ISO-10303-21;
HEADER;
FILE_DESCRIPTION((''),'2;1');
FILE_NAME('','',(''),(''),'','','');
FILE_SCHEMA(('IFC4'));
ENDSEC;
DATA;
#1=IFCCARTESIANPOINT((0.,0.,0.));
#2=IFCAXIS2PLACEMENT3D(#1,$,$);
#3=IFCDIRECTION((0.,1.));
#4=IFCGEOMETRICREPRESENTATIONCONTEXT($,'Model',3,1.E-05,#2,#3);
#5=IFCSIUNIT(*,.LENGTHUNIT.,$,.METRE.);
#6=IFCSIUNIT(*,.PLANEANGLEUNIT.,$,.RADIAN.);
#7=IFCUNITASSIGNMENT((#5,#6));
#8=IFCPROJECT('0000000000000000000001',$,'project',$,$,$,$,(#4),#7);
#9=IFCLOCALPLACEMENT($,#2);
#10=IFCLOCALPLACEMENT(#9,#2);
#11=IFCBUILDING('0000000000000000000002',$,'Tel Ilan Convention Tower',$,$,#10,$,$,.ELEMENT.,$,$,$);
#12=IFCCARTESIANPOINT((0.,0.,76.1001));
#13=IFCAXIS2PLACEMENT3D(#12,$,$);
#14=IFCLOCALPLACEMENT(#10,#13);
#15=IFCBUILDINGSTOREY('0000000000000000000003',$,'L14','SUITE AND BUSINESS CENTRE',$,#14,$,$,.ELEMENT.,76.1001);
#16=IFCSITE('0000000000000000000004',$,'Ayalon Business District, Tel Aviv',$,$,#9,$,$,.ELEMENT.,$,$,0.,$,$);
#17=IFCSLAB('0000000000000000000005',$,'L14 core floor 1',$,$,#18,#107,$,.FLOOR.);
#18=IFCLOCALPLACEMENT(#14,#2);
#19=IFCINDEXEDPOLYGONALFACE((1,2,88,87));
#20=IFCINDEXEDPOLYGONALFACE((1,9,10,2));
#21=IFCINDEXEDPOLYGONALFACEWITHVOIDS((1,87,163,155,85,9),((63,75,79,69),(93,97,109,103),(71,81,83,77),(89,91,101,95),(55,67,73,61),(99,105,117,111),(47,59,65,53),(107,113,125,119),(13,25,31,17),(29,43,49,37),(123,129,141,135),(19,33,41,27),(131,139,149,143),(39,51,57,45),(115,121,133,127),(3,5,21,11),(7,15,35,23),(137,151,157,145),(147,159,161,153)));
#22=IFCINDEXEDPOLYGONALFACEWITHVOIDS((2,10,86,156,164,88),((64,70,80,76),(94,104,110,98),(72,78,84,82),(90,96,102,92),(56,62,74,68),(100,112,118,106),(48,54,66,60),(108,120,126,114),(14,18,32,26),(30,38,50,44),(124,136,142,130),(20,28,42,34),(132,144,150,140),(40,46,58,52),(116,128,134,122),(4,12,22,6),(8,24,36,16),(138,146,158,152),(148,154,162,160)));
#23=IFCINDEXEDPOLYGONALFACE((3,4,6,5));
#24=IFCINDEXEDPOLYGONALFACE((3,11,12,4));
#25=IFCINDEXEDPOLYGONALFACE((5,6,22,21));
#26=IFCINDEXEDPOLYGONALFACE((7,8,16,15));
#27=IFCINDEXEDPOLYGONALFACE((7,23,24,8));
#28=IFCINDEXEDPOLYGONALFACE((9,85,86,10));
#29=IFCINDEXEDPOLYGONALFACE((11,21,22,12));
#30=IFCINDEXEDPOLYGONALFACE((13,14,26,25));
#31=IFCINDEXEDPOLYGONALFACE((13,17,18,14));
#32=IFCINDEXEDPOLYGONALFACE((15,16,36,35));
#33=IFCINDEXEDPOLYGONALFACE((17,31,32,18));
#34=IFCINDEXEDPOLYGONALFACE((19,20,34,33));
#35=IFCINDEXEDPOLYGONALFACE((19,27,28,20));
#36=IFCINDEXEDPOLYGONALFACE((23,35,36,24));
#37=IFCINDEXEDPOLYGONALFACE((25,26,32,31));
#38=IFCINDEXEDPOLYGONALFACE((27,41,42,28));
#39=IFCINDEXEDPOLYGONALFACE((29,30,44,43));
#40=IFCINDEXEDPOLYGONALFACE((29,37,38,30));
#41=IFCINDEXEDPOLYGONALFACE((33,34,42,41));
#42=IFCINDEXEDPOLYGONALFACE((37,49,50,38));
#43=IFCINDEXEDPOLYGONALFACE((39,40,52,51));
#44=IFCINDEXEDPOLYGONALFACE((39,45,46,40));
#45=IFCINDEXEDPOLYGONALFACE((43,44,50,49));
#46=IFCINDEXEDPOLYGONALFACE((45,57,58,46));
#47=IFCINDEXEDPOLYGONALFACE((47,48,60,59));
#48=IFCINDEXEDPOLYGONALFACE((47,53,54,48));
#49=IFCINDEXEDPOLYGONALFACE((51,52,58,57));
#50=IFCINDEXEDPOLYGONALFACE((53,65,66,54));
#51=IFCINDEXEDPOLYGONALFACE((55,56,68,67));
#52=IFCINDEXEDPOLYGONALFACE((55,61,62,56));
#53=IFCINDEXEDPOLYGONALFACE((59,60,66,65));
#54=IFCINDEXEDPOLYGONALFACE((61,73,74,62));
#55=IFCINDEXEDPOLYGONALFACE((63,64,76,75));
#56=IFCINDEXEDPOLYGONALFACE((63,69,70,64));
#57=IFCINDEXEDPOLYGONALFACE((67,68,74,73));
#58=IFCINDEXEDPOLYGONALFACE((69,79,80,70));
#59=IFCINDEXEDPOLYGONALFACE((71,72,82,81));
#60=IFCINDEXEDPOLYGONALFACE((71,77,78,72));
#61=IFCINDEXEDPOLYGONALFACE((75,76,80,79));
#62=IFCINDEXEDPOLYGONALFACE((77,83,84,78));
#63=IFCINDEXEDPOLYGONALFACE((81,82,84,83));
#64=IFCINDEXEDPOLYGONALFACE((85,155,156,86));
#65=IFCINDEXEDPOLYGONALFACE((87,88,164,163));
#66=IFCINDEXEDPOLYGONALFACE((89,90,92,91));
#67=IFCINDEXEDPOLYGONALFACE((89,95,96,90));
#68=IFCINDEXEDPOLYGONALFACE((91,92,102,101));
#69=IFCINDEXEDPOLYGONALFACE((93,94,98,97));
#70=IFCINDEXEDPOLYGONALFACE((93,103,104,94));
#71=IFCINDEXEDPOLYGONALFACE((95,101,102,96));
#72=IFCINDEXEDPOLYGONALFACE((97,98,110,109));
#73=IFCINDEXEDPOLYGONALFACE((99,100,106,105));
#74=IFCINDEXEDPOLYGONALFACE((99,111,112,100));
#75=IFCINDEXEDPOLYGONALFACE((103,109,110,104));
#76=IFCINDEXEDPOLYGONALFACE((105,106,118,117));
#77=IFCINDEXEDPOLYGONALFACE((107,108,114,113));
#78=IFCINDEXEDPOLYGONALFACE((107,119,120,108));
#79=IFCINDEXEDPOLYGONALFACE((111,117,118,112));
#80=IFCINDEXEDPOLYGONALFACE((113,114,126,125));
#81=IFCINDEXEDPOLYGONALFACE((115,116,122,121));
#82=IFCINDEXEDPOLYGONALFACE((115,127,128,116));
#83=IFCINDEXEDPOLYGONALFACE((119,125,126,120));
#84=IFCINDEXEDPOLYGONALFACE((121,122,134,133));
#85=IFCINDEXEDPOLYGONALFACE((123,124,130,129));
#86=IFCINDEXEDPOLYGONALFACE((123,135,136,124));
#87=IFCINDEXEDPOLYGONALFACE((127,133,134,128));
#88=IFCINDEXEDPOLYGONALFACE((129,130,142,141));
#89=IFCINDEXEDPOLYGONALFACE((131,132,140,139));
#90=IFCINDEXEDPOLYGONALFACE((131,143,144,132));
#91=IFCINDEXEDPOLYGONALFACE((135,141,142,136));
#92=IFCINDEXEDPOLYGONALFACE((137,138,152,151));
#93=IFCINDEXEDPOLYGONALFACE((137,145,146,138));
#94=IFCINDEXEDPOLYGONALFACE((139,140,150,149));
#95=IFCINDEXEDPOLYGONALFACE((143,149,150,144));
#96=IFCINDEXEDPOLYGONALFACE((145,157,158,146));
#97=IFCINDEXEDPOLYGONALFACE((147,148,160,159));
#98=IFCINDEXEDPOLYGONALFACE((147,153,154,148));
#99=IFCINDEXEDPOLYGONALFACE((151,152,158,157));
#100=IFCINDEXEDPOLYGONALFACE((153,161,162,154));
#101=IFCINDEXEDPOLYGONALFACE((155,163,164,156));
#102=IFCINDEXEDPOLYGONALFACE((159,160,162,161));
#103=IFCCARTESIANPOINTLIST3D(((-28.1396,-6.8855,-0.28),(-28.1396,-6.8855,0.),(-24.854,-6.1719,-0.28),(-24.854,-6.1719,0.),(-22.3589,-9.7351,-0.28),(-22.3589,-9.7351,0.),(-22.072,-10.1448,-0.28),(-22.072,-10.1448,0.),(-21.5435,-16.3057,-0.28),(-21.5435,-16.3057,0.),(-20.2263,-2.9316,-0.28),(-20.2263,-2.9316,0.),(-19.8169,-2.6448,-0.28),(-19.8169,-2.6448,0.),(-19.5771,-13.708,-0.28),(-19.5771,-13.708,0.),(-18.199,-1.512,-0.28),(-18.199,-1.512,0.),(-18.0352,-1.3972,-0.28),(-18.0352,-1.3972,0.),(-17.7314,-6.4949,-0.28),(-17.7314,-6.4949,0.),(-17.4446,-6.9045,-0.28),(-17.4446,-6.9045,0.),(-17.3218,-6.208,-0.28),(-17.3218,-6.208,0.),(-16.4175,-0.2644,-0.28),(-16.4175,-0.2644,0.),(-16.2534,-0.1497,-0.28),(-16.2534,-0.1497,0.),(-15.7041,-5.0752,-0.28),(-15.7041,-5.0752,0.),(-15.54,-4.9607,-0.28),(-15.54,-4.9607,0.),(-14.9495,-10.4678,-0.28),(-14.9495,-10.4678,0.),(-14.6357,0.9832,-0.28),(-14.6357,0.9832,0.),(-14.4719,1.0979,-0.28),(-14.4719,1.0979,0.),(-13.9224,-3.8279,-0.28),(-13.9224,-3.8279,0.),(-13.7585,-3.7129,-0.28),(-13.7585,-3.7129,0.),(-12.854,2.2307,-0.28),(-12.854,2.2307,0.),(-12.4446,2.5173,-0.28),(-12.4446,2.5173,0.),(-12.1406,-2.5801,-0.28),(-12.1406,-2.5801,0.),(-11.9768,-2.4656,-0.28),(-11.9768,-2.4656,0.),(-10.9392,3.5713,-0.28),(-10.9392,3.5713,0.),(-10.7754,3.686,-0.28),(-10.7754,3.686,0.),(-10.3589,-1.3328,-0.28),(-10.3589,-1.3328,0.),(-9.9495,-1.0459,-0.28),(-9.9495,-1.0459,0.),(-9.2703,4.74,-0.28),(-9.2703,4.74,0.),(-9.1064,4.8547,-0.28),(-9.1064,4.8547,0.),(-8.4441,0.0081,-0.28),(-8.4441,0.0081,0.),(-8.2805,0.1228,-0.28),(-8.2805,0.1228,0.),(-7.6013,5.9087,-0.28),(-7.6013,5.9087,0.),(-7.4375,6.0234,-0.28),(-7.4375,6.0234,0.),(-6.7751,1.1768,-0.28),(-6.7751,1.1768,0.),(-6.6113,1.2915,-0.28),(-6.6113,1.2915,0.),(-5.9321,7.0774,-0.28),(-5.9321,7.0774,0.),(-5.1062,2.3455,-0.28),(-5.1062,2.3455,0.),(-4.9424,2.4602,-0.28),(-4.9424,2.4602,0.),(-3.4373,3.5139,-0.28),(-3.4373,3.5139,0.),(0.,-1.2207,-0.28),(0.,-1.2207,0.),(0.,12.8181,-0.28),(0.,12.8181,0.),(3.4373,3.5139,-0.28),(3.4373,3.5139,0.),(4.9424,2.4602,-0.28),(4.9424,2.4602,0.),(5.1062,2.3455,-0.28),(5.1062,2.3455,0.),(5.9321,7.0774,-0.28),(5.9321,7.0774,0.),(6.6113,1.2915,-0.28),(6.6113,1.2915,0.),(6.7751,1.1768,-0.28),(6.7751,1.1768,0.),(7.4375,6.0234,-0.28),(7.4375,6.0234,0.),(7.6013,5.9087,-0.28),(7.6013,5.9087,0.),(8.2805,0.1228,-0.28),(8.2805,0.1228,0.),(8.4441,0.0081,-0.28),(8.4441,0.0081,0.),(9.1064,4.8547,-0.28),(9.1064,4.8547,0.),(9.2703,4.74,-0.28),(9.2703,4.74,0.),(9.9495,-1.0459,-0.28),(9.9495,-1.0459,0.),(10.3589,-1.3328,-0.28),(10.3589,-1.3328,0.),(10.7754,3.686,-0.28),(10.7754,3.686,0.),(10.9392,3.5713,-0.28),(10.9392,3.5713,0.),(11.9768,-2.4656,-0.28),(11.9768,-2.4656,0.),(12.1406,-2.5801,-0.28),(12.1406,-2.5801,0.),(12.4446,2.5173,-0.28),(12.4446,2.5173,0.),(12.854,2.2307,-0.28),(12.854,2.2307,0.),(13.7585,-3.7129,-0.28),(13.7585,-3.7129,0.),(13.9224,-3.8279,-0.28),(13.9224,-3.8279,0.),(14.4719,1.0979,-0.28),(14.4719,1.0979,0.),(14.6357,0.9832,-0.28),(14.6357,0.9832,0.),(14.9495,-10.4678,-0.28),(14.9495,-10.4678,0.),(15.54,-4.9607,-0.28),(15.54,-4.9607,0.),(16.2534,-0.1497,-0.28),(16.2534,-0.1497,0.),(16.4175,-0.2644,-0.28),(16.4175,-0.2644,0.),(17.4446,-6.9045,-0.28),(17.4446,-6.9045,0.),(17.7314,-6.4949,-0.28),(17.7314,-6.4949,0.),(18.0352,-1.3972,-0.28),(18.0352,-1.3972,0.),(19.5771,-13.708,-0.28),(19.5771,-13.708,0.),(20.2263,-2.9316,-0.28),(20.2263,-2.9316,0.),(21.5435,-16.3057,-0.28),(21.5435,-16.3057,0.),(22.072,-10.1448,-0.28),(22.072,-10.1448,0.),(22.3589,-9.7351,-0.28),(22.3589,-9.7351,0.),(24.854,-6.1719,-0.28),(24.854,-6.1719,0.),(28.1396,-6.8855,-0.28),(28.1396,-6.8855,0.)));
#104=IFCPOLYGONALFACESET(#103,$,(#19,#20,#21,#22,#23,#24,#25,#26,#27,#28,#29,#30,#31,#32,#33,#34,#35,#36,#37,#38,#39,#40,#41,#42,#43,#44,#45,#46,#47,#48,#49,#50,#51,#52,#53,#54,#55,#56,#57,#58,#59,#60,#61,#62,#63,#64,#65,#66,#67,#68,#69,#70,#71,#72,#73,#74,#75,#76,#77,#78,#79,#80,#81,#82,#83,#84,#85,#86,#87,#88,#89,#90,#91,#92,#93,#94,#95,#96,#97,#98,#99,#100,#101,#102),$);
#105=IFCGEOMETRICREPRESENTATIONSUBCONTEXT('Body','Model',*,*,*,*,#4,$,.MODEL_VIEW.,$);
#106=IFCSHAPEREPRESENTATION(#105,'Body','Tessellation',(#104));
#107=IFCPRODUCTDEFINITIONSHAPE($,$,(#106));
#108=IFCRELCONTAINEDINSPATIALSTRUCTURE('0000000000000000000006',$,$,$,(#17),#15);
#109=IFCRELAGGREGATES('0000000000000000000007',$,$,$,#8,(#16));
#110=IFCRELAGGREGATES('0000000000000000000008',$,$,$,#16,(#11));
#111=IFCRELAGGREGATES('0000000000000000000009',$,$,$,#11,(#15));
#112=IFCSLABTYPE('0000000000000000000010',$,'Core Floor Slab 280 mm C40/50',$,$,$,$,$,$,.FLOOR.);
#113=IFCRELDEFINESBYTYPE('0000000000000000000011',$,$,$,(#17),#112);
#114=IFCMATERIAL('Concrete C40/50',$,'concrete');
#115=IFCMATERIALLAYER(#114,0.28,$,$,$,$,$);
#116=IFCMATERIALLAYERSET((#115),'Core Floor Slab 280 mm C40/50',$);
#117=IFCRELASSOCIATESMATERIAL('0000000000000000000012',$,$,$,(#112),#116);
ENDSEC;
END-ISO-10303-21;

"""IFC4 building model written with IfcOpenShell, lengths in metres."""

from ifc_helpers import new_model, si_unit, direction, frame, origin, place, context, subcontext, project, spatial, polyline, outline, extrude, material, layer, layer_set, type_object, element, save


model = new_model("IFC4")

# Units and contexts
model_context = context("Model", 3, precision=1e-05, world=origin(), true_north=direction((0.0, 1.0)))
body_context = subcontext(model_context, "Body", "Model", "MODEL_VIEW")
ifc_project = project(units=[si_unit("LENGTHUNIT", "METRE"), si_unit("PLANEANGLEUNIT", "RADIAN")], contexts=[model_context])

# Site, building, storey
site_placement = place(None, origin())
site = spatial("IfcSite", under=ifc_project, at=site_placement, Name="Ayalon Business District, Tel Aviv", CompositionType="ELEMENT", RefElevation=0.0)
building_placement = place(site_placement, origin())
building = spatial("IfcBuilding", under=site, at=building_placement, Name="Tel Ilan Convention Tower", CompositionType="ELEMENT")
storey_placement = place(building_placement, frame((0.0, 0.0, 76.1001)))
storey = spatial("IfcBuildingStorey", under=building, at=storey_placement, Name="L14", Description="SUITE AND BUSINESS CENTRE", CompositionType="ELEMENT", Elevation=76.1001)

# Slab
ifc_material_1 = material(Name="Concrete C40/50", Category="concrete")
ifc_layer_1 = layer(ifc_material_1, 0.28)
ifc_layer_set_1 = layer_set([ifc_layer_1], Name="Core Floor Slab 280 mm C40/50")
slab_type_1 = type_object("IfcSlabType", Name="Core Floor Slab 280 mm C40/50", PredefinedType="FLOOR", material=ifc_layer_set_1)
slab_1_placement = place(storey_placement, frame((0.0, 0.0, -0.28)))
element("IfcSlab", 1, at=slab_1_placement, inside=storey, type_object=slab_type_1, Name="L14 core floor 1", PredefinedType="FLOOR", context=body_context, shape_type="SweptSolid", body=[
    extrude(outline(polyline([(-28.1396, -6.8855), (0.0, 12.8181), (28.1396, -6.8855), (21.5435, -16.3057), (0.0, -1.2207), (-21.5435, -16.3057), (-28.1396, -6.8855)]), holes=[polyline([(-14.9495, -10.4678), (-17.4446, -6.9045), (-22.072, -10.1448), (-19.5771, -13.708), (-14.9495, -10.4678)]), polyline([(-17.7314, -6.4949), (-20.2263, -2.9316), (-24.854, -6.1719), (-22.3589, -9.7351), (-17.7314, -6.4949)]), polyline([(-18.199, -1.512), (-19.8169, -2.6448), (-17.3218, -6.208), (-15.7041, -5.0752), (-18.199, -1.512)]), polyline([(-16.4175, -0.2644), (-18.0352, -1.3972), (-15.54, -4.9607), (-13.9224, -3.8279), (-16.4175, -0.2644)]), polyline([(-14.6357, 0.9832), (-16.2534, -0.1497), (-13.7585, -3.7129), (-12.1406, -2.5801), (-14.6357, 0.9832)]), polyline([(-12.854, 2.2307), (-14.4719, 1.0979), (-11.9768, -2.4656), (-10.3589, -1.3328), (-12.854, 2.2307)]), polyline([(-10.9392, 3.5713), (-12.4446, 2.5173), (-9.9495, -1.0459), (-8.4441, 0.0081), (-10.9392, 3.5713)]), polyline([(-6.7751, 1.1768), (-9.2703, 4.74), (-10.7754, 3.686), (-8.2805, 0.1228), (-6.7751, 1.1768)]), polyline([(-5.1062, 2.3455), (-7.6013, 5.9087), (-9.1064, 4.8547), (-6.6113, 1.2915), (-5.1062, 2.3455)]), polyline([(-5.9321, 7.0774), (-7.4375, 6.0234), (-4.9424, 2.4602), (-3.4373, 3.5139), (-5.9321, 7.0774)]), polyline([(17.4446, -6.9045), (14.9495, -10.4678), (19.5771, -13.708), (22.072, -10.1448), (17.4446, -6.9045)]), polyline([(20.2263, -2.9316), (17.7314, -6.4949), (22.3589, -9.7351), (24.854, -6.1719), (20.2263, -2.9316)]), polyline([(13.9224, -3.8279), (15.54, -4.9607), (18.0352, -1.3972), (16.4175, -0.2644), (13.9224, -3.8279)]), polyline([(12.1406, -2.5801), (13.7585, -3.7129), (16.2534, -0.1497), (14.6357, 0.9832), (12.1406, -2.5801)]), polyline([(11.9768, -2.4656), (14.4719, 1.0979), (12.854, 2.2307), (10.3589, -1.3328), (11.9768, -2.4656)]), polyline([(9.9495, -1.0459), (12.4446, 2.5173), (10.9392, 3.5713), (8.4441, 0.0081), (9.9495, -1.0459)]), polyline([(8.2805, 0.1228), (10.7754, 3.686), (9.2703, 4.74), (6.7751, 1.1768), (8.2805, 0.1228)]), polyline([(5.1062, 2.3455), (6.6113, 1.2915), (9.1064, 4.8547), (7.6013, 5.9087), (5.1062, 2.3455)]), polyline([(3.4373, 3.5139), (4.9424, 2.4602), (7.4375, 6.0234), (5.9321, 7.0774), (3.4373, 3.5139)])]), origin(), (0.0, 0.0, 1.0), 0.28),
])

save(model, "model.ifc")
